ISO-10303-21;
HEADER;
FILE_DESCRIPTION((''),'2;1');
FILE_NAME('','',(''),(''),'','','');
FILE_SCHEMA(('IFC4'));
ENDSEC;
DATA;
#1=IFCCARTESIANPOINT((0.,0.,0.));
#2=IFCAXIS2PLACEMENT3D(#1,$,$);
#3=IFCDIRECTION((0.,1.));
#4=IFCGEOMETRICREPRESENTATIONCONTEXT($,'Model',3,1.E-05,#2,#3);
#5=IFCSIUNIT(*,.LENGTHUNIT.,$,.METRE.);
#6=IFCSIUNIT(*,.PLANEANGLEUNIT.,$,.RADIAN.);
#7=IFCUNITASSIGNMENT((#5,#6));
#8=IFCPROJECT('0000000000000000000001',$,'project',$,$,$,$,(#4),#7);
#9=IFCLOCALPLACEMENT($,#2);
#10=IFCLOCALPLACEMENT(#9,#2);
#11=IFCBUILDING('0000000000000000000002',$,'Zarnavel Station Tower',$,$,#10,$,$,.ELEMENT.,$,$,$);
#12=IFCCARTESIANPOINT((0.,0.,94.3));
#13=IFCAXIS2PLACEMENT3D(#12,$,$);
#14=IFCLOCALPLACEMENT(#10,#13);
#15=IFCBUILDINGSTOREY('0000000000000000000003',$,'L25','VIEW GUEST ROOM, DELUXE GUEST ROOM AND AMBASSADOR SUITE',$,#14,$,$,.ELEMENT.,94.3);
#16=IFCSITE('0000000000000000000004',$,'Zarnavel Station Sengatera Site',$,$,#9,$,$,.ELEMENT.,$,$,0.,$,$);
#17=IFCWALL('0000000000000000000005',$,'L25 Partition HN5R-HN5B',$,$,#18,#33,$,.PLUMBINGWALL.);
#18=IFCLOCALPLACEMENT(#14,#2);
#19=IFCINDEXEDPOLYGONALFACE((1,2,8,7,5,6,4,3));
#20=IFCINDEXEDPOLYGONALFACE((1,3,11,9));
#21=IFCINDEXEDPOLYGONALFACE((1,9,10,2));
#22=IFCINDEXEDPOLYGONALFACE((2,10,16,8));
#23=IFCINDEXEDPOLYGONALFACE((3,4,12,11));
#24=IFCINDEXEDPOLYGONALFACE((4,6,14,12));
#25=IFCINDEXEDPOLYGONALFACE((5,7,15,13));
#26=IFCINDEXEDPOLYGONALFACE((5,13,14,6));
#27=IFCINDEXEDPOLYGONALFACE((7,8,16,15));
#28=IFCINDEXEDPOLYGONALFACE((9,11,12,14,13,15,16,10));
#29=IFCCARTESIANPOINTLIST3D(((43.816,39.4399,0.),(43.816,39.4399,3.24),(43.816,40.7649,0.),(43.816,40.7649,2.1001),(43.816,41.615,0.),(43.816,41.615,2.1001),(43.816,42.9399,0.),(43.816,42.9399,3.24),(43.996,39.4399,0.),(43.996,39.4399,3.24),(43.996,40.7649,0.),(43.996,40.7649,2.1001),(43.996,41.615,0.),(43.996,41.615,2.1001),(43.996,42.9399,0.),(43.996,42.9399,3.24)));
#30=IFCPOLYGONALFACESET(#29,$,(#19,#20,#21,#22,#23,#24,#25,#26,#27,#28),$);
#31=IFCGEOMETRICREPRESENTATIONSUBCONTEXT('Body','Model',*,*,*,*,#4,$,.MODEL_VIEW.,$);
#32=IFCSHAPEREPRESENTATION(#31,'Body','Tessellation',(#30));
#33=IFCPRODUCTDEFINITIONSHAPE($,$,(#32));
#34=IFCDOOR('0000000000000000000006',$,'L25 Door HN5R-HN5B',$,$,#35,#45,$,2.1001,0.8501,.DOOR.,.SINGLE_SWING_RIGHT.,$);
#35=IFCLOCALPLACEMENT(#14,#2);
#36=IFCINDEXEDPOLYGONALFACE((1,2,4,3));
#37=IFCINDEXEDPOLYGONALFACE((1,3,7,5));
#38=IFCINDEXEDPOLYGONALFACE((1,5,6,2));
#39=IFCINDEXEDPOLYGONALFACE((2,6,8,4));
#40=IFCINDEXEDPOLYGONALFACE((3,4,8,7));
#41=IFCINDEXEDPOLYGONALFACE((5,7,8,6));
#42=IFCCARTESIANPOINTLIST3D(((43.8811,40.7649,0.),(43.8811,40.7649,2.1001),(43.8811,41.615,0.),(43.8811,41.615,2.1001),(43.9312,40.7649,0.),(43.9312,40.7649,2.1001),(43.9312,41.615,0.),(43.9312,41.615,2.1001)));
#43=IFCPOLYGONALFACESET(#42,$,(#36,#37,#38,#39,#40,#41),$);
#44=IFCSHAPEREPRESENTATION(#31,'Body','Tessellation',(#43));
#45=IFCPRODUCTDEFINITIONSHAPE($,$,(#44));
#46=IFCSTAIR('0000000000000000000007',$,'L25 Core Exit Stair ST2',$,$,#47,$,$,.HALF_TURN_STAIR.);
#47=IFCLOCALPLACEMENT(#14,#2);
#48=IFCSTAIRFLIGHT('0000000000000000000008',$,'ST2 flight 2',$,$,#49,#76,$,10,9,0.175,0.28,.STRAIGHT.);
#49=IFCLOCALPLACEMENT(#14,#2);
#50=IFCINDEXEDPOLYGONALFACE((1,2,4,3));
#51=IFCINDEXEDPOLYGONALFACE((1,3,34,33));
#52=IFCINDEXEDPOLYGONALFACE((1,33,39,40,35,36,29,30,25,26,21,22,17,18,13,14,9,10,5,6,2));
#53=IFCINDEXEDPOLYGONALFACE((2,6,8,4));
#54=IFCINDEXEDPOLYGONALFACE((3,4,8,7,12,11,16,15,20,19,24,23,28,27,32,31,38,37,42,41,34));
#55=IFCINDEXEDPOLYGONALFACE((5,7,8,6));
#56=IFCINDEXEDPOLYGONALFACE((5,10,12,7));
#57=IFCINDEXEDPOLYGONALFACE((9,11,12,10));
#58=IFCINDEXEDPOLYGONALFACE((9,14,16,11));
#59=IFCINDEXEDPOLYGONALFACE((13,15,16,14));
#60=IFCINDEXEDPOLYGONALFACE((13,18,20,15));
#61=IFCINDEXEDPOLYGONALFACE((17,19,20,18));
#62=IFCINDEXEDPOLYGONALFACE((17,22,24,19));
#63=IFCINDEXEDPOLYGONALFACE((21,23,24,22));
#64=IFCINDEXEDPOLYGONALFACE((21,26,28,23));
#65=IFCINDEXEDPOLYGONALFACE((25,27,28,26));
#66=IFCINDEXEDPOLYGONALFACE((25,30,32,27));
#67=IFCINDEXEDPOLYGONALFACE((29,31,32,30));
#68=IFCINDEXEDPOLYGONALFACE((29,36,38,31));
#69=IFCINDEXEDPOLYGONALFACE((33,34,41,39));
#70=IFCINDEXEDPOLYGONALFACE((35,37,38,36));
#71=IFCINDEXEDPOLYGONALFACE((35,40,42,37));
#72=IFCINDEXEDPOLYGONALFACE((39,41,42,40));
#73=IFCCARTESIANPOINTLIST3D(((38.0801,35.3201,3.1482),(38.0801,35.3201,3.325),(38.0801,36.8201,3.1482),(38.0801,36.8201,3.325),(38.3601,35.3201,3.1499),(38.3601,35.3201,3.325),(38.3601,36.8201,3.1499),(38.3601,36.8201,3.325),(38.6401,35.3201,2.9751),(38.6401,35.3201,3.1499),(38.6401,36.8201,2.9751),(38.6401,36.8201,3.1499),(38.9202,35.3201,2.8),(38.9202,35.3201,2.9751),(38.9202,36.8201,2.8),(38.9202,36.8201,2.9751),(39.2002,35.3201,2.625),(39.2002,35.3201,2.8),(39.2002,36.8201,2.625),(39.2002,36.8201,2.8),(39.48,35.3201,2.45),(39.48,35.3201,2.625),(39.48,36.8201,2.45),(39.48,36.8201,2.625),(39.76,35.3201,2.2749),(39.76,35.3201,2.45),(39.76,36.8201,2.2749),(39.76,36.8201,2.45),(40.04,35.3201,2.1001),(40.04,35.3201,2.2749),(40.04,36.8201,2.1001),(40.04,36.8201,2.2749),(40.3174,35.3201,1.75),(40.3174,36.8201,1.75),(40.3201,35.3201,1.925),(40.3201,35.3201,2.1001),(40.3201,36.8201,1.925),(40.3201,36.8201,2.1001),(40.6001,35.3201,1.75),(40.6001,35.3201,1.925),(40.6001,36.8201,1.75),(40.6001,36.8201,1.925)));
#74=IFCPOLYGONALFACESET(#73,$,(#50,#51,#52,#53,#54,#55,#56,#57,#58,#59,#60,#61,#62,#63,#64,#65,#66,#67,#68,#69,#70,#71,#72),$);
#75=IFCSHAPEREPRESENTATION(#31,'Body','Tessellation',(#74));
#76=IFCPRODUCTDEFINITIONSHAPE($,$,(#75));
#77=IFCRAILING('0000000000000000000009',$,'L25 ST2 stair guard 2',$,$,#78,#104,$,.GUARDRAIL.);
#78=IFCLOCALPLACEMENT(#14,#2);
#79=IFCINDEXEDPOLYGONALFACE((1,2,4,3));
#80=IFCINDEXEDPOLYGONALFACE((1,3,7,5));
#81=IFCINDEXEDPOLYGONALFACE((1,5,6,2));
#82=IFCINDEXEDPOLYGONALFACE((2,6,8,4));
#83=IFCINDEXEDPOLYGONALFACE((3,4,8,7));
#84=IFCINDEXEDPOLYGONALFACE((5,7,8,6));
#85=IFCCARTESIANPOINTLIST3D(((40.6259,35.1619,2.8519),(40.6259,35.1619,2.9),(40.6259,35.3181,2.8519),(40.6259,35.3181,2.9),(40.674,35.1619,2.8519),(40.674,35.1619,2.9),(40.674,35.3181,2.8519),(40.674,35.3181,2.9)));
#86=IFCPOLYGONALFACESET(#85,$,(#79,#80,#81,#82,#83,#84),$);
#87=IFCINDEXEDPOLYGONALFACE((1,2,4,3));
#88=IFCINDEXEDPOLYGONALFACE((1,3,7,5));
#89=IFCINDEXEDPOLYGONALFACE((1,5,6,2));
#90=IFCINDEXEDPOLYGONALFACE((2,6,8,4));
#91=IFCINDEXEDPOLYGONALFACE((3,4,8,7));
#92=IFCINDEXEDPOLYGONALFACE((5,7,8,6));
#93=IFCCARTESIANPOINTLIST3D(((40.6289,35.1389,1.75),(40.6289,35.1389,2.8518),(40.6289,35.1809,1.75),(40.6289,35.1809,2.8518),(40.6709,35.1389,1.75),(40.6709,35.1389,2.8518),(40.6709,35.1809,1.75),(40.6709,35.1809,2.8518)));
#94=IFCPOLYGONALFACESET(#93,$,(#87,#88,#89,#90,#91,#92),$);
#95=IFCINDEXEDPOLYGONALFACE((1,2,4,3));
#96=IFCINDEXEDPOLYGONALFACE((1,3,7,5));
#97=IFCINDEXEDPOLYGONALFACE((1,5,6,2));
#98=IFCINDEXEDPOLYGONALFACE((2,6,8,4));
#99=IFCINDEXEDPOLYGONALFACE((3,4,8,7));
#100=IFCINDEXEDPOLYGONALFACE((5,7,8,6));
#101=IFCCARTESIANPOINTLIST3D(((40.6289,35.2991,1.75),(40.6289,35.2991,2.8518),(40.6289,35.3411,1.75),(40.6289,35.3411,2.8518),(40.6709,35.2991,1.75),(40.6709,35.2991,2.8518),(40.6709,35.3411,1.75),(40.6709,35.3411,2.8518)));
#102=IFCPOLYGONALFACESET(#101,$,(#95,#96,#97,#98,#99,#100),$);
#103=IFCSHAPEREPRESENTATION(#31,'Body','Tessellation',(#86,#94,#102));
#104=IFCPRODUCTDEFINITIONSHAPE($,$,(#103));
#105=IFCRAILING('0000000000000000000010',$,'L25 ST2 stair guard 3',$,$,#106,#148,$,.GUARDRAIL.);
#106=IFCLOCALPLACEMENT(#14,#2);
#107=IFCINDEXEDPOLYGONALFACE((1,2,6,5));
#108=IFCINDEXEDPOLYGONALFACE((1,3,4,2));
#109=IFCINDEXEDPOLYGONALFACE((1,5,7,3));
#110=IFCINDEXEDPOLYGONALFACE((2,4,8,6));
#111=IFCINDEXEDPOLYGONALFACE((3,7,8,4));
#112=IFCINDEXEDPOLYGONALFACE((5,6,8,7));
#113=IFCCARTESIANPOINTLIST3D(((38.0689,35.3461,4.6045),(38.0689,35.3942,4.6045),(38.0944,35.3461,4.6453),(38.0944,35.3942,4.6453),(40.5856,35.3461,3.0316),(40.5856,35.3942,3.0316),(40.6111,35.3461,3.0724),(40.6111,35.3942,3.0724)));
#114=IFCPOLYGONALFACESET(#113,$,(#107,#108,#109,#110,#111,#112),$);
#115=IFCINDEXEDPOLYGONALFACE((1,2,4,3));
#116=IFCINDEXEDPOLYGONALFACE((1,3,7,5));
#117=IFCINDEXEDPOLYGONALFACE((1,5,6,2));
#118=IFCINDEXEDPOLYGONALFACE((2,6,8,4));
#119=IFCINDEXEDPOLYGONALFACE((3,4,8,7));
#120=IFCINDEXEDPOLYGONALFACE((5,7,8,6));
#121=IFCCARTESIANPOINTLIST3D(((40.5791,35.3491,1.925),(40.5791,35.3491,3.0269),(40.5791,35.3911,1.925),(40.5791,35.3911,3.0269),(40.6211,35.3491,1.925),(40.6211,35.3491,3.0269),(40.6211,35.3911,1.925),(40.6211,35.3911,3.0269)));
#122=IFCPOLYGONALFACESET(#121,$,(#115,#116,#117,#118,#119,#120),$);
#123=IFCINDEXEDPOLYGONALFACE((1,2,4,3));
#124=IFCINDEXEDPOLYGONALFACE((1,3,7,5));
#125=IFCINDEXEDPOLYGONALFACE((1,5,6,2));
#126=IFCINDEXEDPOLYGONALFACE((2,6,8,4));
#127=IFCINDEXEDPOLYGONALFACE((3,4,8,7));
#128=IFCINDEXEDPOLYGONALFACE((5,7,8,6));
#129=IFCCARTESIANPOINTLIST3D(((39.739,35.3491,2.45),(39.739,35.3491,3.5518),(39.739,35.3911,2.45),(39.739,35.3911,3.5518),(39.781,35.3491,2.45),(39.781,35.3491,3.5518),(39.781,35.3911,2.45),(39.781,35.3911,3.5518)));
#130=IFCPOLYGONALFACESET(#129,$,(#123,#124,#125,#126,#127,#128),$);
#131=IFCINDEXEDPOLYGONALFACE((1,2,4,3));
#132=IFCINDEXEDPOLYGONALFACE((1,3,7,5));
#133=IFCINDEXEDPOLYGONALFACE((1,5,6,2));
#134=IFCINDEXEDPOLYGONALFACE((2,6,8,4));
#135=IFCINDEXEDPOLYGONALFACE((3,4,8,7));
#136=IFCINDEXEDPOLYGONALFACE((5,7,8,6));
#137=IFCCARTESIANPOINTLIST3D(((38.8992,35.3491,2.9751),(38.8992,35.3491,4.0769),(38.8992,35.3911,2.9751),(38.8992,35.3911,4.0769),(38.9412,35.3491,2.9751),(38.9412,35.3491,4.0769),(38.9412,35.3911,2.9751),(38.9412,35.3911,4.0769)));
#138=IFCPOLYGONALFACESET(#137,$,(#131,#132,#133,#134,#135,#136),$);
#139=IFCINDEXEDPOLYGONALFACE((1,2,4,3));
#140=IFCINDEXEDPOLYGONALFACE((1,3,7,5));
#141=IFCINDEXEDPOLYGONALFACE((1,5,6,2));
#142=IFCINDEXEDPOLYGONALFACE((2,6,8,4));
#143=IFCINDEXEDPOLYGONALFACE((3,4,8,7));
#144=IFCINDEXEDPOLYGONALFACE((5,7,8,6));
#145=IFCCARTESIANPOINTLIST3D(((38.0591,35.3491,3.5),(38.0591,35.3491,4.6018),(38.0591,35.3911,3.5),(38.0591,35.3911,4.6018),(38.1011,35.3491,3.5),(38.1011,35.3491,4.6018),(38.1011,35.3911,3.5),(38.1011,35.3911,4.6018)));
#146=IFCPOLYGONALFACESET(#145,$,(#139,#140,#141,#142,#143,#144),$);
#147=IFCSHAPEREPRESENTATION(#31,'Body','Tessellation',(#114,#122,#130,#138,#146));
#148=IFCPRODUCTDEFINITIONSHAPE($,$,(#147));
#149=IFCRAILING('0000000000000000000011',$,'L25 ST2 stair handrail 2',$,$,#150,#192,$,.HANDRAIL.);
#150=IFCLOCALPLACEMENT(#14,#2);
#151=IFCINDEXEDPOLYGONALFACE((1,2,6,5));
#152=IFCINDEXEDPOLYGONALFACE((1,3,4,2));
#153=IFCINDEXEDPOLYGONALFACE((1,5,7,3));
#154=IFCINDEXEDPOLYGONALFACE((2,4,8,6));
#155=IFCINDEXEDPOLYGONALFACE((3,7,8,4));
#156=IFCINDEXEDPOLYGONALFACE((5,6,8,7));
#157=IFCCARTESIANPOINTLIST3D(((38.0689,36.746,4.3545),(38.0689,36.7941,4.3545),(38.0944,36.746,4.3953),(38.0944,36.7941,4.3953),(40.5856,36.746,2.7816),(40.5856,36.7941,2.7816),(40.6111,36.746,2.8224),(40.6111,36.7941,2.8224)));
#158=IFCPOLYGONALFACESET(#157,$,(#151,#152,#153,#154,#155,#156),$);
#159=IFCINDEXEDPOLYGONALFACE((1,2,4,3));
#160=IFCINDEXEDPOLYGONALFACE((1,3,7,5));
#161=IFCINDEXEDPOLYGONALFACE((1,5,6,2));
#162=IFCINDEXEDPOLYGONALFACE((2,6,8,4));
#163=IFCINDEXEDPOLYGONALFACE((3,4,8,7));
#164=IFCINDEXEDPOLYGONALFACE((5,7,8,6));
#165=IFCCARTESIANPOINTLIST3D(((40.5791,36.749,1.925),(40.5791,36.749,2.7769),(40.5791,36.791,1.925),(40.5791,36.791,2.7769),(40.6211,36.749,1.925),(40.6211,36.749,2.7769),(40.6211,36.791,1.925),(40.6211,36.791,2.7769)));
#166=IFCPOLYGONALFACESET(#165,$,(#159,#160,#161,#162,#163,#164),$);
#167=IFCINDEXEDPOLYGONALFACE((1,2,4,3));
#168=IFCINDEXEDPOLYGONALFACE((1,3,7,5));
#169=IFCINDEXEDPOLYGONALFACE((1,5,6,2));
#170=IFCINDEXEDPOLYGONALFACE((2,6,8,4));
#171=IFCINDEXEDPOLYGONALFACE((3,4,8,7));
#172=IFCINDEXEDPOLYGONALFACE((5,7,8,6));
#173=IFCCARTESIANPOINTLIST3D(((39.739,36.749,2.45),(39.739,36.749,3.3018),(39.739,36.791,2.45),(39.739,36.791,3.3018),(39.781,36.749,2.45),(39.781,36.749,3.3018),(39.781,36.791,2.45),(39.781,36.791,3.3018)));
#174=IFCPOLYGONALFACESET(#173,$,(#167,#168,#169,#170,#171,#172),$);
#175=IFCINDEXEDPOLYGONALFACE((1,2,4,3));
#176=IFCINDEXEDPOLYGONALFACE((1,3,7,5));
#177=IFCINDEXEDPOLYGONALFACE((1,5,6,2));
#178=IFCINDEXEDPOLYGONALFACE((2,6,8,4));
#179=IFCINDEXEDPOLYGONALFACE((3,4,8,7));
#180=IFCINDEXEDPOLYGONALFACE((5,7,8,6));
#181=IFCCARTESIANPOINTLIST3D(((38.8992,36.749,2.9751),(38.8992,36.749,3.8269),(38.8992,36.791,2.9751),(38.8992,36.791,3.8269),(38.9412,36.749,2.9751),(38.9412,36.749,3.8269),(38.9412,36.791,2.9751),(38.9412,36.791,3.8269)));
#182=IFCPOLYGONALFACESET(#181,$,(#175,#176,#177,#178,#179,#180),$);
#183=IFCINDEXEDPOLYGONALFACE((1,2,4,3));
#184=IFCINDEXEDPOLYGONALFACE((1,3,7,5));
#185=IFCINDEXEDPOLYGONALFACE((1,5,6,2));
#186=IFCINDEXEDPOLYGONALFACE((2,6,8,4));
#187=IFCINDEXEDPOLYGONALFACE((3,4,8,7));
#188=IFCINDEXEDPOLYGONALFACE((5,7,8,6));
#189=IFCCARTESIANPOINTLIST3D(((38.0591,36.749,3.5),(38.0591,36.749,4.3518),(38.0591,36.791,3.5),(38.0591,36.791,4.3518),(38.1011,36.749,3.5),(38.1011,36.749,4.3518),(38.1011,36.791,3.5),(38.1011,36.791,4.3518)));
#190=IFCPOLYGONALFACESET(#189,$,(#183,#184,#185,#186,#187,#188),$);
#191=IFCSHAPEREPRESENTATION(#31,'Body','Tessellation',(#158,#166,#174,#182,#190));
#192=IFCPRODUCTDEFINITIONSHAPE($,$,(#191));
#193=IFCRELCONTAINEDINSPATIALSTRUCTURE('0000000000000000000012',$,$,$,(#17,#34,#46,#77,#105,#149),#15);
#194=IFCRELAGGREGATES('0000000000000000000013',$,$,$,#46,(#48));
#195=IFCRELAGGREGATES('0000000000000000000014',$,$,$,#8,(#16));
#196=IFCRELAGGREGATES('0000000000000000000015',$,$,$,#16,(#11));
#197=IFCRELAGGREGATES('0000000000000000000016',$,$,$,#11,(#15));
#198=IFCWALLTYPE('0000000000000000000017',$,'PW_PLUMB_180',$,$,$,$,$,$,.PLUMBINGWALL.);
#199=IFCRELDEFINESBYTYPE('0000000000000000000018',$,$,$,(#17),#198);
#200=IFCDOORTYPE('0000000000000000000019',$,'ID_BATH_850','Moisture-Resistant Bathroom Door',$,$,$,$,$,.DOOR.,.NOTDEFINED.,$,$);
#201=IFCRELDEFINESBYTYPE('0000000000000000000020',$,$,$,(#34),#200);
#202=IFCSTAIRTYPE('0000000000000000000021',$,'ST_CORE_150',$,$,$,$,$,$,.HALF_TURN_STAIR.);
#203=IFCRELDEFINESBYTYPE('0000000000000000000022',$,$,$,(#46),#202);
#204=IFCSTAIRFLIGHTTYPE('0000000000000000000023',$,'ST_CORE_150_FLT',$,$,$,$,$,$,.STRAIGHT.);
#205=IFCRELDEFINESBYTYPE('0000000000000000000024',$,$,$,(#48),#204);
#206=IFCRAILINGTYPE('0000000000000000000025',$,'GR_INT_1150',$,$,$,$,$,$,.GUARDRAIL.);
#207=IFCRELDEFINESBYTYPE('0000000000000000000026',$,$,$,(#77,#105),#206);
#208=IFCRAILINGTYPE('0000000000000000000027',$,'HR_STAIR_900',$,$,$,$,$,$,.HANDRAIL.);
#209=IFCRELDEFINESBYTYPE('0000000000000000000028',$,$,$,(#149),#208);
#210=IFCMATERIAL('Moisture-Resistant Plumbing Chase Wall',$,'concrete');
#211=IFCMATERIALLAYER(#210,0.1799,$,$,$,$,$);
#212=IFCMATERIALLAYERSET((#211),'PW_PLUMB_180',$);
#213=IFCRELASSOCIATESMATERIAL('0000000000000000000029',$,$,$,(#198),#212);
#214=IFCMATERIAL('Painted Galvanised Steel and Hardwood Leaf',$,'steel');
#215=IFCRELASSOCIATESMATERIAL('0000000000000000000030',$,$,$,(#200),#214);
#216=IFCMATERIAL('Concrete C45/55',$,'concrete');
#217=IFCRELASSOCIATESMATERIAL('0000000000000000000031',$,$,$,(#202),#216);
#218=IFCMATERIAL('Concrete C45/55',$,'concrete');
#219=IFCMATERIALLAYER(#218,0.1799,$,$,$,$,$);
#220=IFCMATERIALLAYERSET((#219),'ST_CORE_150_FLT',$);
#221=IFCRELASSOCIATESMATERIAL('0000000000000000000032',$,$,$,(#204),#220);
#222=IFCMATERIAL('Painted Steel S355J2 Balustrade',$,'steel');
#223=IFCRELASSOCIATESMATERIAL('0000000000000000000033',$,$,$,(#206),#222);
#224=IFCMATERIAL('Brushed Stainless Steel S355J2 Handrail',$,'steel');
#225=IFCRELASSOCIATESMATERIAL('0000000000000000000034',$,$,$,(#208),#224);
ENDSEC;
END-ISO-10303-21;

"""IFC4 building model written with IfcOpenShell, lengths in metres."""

from ifc_helpers import new_model, si_unit, direction, frame, frame_2d, origin, origin_2d, place, context, subcontext, project, spatial, polyline, rectangle, outline, extrude, material, layer, layer_set, type_object, element, fill, aggregate, save


model = new_model("IFC4")

# Units and contexts
model_context = context("Model", 3, precision=1e-05, world=origin(), true_north=direction((0.0, 1.0)))
body_context = subcontext(model_context, "Body", "Model", "MODEL_VIEW")
ifc_project = project(units=[si_unit("LENGTHUNIT", "METRE"), si_unit("PLANEANGLEUNIT", "RADIAN")], contexts=[model_context])

# Site, building, storey
site_placement = place(None, origin())
site = spatial("IfcSite", under=ifc_project, at=site_placement, Name="Zarnavel Station Sengatera Site", CompositionType="ELEMENT", RefElevation=0.0)
building_placement = place(site_placement, origin())
building = spatial("IfcBuilding", under=site, at=building_placement, Name="Zarnavel Station Tower", CompositionType="ELEMENT")
storey_placement = place(building_placement, frame((0.0, 0.0, 94.3)))
storey = spatial("IfcBuildingStorey", under=building, at=storey_placement, Name="L25", Description="VIEW GUEST ROOM, DELUXE GUEST ROOM AND AMBASSADOR SUITE", CompositionType="ELEMENT", Elevation=94.3)

# Shared definitions
ifc_material_1 = material(Name="Moisture-Resistant Plumbing Chase Wall", Category="concrete")
ifc_layer_1 = layer(ifc_material_1, 0.1799)
ifc_layer_set_1 = layer_set([ifc_layer_1], Name="PW_PLUMB_180")
wall_type_1 = type_object("IfcWallType", Name="PW_PLUMB_180", PredefinedType="PLUMBINGWALL", material=ifc_layer_set_1)

# Shared definitions
ifc_material_2 = material(Name="Painted Galvanised Steel and Hardwood Leaf", Category="steel")
door_type_1 = type_object("IfcDoorType", Name="ID_BATH_850", Description="Moisture-Resistant Bathroom Door", OperationType="NOTDEFINED", PredefinedType="DOOR", material=ifc_material_2)

# Wall, opening, door
wall_1_placement = place(storey_placement, frame((43.906, 39.4399, 0.0), z_axis=(0.0, 0.0, 1.0), x_axis=(0.0, 1.0, 0.0)))
wall_1 = element("IfcWall", 1, at=wall_1_placement, inside=storey, type_object=wall_type_1, Name="L25 Partition HN5R-HN5B", PredefinedType="PLUMBINGWALL", context=body_context, shape_type="SweptSolid", body=[
    extrude(rectangle(XDim=3.5, YDim=0.1799, at=frame_2d((1.75, 0.0))), origin(), (0.0, 0.0, 1.0), 3.24),
])
opening_1_placement = place(wall_1_placement, frame((1.325, 0.0, 0.0)))
opening_1 = element("IfcOpeningElement", 2, at=opening_1_placement, cuts=wall_1, PredefinedType="OPENING", context=body_context, shape_type="SweptSolid", body=[
    extrude(rectangle(XDim=0.8501, YDim=2.1001, at=frame_2d((0.425, 1.05))), frame((0.0, 0.0999, 0.0), z_axis=(0.0, -1.0, 0.0), x_axis=(1.0, 0.0, 0.0)), (0.0, 0.0, 1.0), 0.2),
])
door_1_placement = place(opening_1_placement, origin())
door_1 = element("IfcDoor", 3, at=door_1_placement, inside=storey, type_object=door_type_1, Name="L25 Door HN5R-HN5B", OperationType="SINGLE_SWING_RIGHT", OverallHeight=2.1001, OverallWidth=0.8501, PredefinedType="DOOR", context=body_context, shape_type="SweptSolid", body=[
    extrude(rectangle(XDim=0.8501, YDim=2.1001, at=frame_2d((0.425, 1.05))), frame((0.0, 0.0249, 0.0), z_axis=(0.0, -1.0, 0.0), x_axis=(1.0, 0.0, 0.0)), (0.0, 0.0, 1.0), 0.05),
])
fill(opening_1, door_1)

# Stair, stair flight
ifc_material_3 = material(Name="Concrete C45/55", Category="concrete")
stair_type = type_object("IfcStairType", Name="ST_CORE_150", PredefinedType="HALF_TURN_STAIR", material=ifc_material_3)
stair_placement = place(storey_placement, origin())
stair = element("IfcStair", 4, at=stair_placement, inside=storey, type_object=stair_type, Name="L25 Core Exit Stair ST2", PredefinedType="HALF_TURN_STAIR")
ifc_material_4 = material(Name="Concrete C45/55", Category="concrete")
ifc_layer_2 = layer(ifc_material_4, 0.1799)
ifc_layer_set_2 = layer_set([ifc_layer_2], Name="ST_CORE_150_FLT")
stair_flight_type = type_object("IfcStairFlightType", Name="ST_CORE_150_FLT", PredefinedType="STRAIGHT", material=ifc_layer_set_2)
stair_flight_placement = place(storey_placement, frame((40.6001, 36.0701, 1.75), z_axis=(0.0, 0.0, 1.0), x_axis=(-1.0, 0.0, 0.0)))
stair_flight = element("IfcStairFlight", 5, at=stair_flight_placement, type_object=stair_flight_type, Name="ST2 flight 2", NumberOfRisers=10, NumberOfTreads=9, PredefinedType="STRAIGHT", RiserHeight=0.175, TreadLength=0.28, context=body_context, shape_type="SweptSolid", body=[
    extrude(outline(polyline([(0.0, 0.0), (0.0, 0.175), (0.28, 0.175), (0.28, 0.3501), (0.5601, 0.3501), (0.5601, 0.5249), (0.8401, 0.5249), (0.8401, 0.7), (1.1201, 0.7), (1.1201, 0.875), (1.3999, 0.875), (1.3999, 1.05), (1.6799, 1.05), (1.6799, 1.2251), (1.96, 1.2251), (1.96, 1.3999), (2.24, 1.3999), (2.24, 1.575), (2.52, 1.575), (2.52, 1.75), (2.52, 1.3982), (0.2827, 0.0), (0.0, 0.0)])), frame((0.0, 0.75, 0.0), z_axis=(0.0, -1.0, 0.0), x_axis=(1.0, 0.0, 0.0)), (0.0, 0.0, 1.0), 1.5),
])
aggregate(stair, [stair_flight])

# Railings
ifc_material_5 = material(Name="Painted Steel S355J2 Balustrade", Category="steel")
railing_type_1 = type_object("IfcRailingType", Name="GR_INT_1150", PredefinedType="GUARDRAIL", material=ifc_material_5)
railing_1_placement = place(storey_placement, frame((40.6499, 35.1599, 1.75)))
element("IfcRailing", 6, at=railing_1_placement, inside=storey, type_object=railing_type_1, Name="L25 ST2 stair guard 2", PredefinedType="GUARDRAIL", context=body_context, shape_type="SweptSolid", body=[
    extrude(rectangle(XDim=0.0481, YDim=0.0481, at=origin_2d()), frame((0.0, 0.002, 1.126), z_axis=(0.0, 1.0, 0.0), x_axis=(-1.0, 0.0, 0.0)), (0.0, 0.0, 1.0), 0.1562),
    extrude(rectangle(XDim=0.042, YDim=0.042, at=origin_2d()), origin(), (0.0, 0.0, 1.0), 1.1018),
    extrude(rectangle(XDim=0.042, YDim=0.042, at=origin_2d()), frame((0.0, 0.1602, 0.0)), (0.0, 0.0, 1.0), 1.1018),
])
railing_2_placement = place(storey_placement, frame((40.6001, 35.3701, 1.925)))
element("IfcRailing", 7, at=railing_2_placement, inside=storey, type_object=railing_type_1, Name="L25 ST2 stair guard 3", PredefinedType="GUARDRAIL", context=body_context, shape_type="SweptSolid", body=[
    extrude(rectangle(XDim=0.0481, YDim=0.0481, at=origin_2d()), frame((-0.0017, 0.0, 1.127), z_axis=(-0.848008, 0.0, 0.529984), x_axis=(0.0, -1.0, 0.0)), (0.0, 0.0, 1.0), 2.9678),
    extrude(rectangle(XDim=0.042, YDim=0.042, at=origin_2d()), origin(), (0.0, 0.0, 1.0), 1.1018),
    extrude(rectangle(XDim=0.042, YDim=0.042, at=origin_2d()), frame((-0.8401, 0.0, 0.5249)), (0.0, 0.0, 1.0), 1.1018),
    extrude(rectangle(XDim=0.042, YDim=0.042, at=origin_2d()), frame((-1.6799, 0.0, 1.05)), (0.0, 0.0, 1.0), 1.1018),
    extrude(rectangle(XDim=0.042, YDim=0.042, at=origin_2d()), frame((-2.52, 0.0, 1.575)), (0.0, 0.0, 1.0), 1.1018),
])
ifc_material_6 = material(Name="Brushed Stainless Steel S355J2 Handrail", Category="steel")
railing_type_2 = type_object("IfcRailingType", Name="HR_STAIR_900", PredefinedType="HANDRAIL", material=ifc_material_6)
for number, where, name in (
    (8, (40.6001, 36.77, 1.925), "L25 ST2 stair handrail 2"),
):
    element("IfcRailing", number, at=place(storey_placement, frame(where)), inside=storey, type_object=railing_type_2, Name=name, PredefinedType="HANDRAIL", context=body_context, shape_type="SweptSolid", body=[
        extrude(rectangle(XDim=0.0481, YDim=0.0481, at=origin_2d()), frame((-0.0017, 0.0, 0.877), z_axis=(-0.848008, 0.0, 0.529984), x_axis=(0.0, -1.0, 0.0)), (0.0, 0.0, 1.0), 2.9678),
        extrude(rectangle(XDim=0.042, YDim=0.042, at=origin_2d()), origin(), (0.0, 0.0, 1.0), 0.8518),
        extrude(rectangle(XDim=0.042, YDim=0.042, at=origin_2d()), frame((-0.8401, 0.0, 0.5249)), (0.0, 0.0, 1.0), 0.8518),
        extrude(rectangle(XDim=0.042, YDim=0.042, at=origin_2d()), frame((-1.6799, 0.0, 1.05)), (0.0, 0.0, 1.0), 0.8518),
        extrude(rectangle(XDim=0.042, YDim=0.042, at=origin_2d()), frame((-2.52, 0.0, 1.575)), (0.0, 0.0, 1.0), 0.8518),
    ])

save(model, "model.ifc")
